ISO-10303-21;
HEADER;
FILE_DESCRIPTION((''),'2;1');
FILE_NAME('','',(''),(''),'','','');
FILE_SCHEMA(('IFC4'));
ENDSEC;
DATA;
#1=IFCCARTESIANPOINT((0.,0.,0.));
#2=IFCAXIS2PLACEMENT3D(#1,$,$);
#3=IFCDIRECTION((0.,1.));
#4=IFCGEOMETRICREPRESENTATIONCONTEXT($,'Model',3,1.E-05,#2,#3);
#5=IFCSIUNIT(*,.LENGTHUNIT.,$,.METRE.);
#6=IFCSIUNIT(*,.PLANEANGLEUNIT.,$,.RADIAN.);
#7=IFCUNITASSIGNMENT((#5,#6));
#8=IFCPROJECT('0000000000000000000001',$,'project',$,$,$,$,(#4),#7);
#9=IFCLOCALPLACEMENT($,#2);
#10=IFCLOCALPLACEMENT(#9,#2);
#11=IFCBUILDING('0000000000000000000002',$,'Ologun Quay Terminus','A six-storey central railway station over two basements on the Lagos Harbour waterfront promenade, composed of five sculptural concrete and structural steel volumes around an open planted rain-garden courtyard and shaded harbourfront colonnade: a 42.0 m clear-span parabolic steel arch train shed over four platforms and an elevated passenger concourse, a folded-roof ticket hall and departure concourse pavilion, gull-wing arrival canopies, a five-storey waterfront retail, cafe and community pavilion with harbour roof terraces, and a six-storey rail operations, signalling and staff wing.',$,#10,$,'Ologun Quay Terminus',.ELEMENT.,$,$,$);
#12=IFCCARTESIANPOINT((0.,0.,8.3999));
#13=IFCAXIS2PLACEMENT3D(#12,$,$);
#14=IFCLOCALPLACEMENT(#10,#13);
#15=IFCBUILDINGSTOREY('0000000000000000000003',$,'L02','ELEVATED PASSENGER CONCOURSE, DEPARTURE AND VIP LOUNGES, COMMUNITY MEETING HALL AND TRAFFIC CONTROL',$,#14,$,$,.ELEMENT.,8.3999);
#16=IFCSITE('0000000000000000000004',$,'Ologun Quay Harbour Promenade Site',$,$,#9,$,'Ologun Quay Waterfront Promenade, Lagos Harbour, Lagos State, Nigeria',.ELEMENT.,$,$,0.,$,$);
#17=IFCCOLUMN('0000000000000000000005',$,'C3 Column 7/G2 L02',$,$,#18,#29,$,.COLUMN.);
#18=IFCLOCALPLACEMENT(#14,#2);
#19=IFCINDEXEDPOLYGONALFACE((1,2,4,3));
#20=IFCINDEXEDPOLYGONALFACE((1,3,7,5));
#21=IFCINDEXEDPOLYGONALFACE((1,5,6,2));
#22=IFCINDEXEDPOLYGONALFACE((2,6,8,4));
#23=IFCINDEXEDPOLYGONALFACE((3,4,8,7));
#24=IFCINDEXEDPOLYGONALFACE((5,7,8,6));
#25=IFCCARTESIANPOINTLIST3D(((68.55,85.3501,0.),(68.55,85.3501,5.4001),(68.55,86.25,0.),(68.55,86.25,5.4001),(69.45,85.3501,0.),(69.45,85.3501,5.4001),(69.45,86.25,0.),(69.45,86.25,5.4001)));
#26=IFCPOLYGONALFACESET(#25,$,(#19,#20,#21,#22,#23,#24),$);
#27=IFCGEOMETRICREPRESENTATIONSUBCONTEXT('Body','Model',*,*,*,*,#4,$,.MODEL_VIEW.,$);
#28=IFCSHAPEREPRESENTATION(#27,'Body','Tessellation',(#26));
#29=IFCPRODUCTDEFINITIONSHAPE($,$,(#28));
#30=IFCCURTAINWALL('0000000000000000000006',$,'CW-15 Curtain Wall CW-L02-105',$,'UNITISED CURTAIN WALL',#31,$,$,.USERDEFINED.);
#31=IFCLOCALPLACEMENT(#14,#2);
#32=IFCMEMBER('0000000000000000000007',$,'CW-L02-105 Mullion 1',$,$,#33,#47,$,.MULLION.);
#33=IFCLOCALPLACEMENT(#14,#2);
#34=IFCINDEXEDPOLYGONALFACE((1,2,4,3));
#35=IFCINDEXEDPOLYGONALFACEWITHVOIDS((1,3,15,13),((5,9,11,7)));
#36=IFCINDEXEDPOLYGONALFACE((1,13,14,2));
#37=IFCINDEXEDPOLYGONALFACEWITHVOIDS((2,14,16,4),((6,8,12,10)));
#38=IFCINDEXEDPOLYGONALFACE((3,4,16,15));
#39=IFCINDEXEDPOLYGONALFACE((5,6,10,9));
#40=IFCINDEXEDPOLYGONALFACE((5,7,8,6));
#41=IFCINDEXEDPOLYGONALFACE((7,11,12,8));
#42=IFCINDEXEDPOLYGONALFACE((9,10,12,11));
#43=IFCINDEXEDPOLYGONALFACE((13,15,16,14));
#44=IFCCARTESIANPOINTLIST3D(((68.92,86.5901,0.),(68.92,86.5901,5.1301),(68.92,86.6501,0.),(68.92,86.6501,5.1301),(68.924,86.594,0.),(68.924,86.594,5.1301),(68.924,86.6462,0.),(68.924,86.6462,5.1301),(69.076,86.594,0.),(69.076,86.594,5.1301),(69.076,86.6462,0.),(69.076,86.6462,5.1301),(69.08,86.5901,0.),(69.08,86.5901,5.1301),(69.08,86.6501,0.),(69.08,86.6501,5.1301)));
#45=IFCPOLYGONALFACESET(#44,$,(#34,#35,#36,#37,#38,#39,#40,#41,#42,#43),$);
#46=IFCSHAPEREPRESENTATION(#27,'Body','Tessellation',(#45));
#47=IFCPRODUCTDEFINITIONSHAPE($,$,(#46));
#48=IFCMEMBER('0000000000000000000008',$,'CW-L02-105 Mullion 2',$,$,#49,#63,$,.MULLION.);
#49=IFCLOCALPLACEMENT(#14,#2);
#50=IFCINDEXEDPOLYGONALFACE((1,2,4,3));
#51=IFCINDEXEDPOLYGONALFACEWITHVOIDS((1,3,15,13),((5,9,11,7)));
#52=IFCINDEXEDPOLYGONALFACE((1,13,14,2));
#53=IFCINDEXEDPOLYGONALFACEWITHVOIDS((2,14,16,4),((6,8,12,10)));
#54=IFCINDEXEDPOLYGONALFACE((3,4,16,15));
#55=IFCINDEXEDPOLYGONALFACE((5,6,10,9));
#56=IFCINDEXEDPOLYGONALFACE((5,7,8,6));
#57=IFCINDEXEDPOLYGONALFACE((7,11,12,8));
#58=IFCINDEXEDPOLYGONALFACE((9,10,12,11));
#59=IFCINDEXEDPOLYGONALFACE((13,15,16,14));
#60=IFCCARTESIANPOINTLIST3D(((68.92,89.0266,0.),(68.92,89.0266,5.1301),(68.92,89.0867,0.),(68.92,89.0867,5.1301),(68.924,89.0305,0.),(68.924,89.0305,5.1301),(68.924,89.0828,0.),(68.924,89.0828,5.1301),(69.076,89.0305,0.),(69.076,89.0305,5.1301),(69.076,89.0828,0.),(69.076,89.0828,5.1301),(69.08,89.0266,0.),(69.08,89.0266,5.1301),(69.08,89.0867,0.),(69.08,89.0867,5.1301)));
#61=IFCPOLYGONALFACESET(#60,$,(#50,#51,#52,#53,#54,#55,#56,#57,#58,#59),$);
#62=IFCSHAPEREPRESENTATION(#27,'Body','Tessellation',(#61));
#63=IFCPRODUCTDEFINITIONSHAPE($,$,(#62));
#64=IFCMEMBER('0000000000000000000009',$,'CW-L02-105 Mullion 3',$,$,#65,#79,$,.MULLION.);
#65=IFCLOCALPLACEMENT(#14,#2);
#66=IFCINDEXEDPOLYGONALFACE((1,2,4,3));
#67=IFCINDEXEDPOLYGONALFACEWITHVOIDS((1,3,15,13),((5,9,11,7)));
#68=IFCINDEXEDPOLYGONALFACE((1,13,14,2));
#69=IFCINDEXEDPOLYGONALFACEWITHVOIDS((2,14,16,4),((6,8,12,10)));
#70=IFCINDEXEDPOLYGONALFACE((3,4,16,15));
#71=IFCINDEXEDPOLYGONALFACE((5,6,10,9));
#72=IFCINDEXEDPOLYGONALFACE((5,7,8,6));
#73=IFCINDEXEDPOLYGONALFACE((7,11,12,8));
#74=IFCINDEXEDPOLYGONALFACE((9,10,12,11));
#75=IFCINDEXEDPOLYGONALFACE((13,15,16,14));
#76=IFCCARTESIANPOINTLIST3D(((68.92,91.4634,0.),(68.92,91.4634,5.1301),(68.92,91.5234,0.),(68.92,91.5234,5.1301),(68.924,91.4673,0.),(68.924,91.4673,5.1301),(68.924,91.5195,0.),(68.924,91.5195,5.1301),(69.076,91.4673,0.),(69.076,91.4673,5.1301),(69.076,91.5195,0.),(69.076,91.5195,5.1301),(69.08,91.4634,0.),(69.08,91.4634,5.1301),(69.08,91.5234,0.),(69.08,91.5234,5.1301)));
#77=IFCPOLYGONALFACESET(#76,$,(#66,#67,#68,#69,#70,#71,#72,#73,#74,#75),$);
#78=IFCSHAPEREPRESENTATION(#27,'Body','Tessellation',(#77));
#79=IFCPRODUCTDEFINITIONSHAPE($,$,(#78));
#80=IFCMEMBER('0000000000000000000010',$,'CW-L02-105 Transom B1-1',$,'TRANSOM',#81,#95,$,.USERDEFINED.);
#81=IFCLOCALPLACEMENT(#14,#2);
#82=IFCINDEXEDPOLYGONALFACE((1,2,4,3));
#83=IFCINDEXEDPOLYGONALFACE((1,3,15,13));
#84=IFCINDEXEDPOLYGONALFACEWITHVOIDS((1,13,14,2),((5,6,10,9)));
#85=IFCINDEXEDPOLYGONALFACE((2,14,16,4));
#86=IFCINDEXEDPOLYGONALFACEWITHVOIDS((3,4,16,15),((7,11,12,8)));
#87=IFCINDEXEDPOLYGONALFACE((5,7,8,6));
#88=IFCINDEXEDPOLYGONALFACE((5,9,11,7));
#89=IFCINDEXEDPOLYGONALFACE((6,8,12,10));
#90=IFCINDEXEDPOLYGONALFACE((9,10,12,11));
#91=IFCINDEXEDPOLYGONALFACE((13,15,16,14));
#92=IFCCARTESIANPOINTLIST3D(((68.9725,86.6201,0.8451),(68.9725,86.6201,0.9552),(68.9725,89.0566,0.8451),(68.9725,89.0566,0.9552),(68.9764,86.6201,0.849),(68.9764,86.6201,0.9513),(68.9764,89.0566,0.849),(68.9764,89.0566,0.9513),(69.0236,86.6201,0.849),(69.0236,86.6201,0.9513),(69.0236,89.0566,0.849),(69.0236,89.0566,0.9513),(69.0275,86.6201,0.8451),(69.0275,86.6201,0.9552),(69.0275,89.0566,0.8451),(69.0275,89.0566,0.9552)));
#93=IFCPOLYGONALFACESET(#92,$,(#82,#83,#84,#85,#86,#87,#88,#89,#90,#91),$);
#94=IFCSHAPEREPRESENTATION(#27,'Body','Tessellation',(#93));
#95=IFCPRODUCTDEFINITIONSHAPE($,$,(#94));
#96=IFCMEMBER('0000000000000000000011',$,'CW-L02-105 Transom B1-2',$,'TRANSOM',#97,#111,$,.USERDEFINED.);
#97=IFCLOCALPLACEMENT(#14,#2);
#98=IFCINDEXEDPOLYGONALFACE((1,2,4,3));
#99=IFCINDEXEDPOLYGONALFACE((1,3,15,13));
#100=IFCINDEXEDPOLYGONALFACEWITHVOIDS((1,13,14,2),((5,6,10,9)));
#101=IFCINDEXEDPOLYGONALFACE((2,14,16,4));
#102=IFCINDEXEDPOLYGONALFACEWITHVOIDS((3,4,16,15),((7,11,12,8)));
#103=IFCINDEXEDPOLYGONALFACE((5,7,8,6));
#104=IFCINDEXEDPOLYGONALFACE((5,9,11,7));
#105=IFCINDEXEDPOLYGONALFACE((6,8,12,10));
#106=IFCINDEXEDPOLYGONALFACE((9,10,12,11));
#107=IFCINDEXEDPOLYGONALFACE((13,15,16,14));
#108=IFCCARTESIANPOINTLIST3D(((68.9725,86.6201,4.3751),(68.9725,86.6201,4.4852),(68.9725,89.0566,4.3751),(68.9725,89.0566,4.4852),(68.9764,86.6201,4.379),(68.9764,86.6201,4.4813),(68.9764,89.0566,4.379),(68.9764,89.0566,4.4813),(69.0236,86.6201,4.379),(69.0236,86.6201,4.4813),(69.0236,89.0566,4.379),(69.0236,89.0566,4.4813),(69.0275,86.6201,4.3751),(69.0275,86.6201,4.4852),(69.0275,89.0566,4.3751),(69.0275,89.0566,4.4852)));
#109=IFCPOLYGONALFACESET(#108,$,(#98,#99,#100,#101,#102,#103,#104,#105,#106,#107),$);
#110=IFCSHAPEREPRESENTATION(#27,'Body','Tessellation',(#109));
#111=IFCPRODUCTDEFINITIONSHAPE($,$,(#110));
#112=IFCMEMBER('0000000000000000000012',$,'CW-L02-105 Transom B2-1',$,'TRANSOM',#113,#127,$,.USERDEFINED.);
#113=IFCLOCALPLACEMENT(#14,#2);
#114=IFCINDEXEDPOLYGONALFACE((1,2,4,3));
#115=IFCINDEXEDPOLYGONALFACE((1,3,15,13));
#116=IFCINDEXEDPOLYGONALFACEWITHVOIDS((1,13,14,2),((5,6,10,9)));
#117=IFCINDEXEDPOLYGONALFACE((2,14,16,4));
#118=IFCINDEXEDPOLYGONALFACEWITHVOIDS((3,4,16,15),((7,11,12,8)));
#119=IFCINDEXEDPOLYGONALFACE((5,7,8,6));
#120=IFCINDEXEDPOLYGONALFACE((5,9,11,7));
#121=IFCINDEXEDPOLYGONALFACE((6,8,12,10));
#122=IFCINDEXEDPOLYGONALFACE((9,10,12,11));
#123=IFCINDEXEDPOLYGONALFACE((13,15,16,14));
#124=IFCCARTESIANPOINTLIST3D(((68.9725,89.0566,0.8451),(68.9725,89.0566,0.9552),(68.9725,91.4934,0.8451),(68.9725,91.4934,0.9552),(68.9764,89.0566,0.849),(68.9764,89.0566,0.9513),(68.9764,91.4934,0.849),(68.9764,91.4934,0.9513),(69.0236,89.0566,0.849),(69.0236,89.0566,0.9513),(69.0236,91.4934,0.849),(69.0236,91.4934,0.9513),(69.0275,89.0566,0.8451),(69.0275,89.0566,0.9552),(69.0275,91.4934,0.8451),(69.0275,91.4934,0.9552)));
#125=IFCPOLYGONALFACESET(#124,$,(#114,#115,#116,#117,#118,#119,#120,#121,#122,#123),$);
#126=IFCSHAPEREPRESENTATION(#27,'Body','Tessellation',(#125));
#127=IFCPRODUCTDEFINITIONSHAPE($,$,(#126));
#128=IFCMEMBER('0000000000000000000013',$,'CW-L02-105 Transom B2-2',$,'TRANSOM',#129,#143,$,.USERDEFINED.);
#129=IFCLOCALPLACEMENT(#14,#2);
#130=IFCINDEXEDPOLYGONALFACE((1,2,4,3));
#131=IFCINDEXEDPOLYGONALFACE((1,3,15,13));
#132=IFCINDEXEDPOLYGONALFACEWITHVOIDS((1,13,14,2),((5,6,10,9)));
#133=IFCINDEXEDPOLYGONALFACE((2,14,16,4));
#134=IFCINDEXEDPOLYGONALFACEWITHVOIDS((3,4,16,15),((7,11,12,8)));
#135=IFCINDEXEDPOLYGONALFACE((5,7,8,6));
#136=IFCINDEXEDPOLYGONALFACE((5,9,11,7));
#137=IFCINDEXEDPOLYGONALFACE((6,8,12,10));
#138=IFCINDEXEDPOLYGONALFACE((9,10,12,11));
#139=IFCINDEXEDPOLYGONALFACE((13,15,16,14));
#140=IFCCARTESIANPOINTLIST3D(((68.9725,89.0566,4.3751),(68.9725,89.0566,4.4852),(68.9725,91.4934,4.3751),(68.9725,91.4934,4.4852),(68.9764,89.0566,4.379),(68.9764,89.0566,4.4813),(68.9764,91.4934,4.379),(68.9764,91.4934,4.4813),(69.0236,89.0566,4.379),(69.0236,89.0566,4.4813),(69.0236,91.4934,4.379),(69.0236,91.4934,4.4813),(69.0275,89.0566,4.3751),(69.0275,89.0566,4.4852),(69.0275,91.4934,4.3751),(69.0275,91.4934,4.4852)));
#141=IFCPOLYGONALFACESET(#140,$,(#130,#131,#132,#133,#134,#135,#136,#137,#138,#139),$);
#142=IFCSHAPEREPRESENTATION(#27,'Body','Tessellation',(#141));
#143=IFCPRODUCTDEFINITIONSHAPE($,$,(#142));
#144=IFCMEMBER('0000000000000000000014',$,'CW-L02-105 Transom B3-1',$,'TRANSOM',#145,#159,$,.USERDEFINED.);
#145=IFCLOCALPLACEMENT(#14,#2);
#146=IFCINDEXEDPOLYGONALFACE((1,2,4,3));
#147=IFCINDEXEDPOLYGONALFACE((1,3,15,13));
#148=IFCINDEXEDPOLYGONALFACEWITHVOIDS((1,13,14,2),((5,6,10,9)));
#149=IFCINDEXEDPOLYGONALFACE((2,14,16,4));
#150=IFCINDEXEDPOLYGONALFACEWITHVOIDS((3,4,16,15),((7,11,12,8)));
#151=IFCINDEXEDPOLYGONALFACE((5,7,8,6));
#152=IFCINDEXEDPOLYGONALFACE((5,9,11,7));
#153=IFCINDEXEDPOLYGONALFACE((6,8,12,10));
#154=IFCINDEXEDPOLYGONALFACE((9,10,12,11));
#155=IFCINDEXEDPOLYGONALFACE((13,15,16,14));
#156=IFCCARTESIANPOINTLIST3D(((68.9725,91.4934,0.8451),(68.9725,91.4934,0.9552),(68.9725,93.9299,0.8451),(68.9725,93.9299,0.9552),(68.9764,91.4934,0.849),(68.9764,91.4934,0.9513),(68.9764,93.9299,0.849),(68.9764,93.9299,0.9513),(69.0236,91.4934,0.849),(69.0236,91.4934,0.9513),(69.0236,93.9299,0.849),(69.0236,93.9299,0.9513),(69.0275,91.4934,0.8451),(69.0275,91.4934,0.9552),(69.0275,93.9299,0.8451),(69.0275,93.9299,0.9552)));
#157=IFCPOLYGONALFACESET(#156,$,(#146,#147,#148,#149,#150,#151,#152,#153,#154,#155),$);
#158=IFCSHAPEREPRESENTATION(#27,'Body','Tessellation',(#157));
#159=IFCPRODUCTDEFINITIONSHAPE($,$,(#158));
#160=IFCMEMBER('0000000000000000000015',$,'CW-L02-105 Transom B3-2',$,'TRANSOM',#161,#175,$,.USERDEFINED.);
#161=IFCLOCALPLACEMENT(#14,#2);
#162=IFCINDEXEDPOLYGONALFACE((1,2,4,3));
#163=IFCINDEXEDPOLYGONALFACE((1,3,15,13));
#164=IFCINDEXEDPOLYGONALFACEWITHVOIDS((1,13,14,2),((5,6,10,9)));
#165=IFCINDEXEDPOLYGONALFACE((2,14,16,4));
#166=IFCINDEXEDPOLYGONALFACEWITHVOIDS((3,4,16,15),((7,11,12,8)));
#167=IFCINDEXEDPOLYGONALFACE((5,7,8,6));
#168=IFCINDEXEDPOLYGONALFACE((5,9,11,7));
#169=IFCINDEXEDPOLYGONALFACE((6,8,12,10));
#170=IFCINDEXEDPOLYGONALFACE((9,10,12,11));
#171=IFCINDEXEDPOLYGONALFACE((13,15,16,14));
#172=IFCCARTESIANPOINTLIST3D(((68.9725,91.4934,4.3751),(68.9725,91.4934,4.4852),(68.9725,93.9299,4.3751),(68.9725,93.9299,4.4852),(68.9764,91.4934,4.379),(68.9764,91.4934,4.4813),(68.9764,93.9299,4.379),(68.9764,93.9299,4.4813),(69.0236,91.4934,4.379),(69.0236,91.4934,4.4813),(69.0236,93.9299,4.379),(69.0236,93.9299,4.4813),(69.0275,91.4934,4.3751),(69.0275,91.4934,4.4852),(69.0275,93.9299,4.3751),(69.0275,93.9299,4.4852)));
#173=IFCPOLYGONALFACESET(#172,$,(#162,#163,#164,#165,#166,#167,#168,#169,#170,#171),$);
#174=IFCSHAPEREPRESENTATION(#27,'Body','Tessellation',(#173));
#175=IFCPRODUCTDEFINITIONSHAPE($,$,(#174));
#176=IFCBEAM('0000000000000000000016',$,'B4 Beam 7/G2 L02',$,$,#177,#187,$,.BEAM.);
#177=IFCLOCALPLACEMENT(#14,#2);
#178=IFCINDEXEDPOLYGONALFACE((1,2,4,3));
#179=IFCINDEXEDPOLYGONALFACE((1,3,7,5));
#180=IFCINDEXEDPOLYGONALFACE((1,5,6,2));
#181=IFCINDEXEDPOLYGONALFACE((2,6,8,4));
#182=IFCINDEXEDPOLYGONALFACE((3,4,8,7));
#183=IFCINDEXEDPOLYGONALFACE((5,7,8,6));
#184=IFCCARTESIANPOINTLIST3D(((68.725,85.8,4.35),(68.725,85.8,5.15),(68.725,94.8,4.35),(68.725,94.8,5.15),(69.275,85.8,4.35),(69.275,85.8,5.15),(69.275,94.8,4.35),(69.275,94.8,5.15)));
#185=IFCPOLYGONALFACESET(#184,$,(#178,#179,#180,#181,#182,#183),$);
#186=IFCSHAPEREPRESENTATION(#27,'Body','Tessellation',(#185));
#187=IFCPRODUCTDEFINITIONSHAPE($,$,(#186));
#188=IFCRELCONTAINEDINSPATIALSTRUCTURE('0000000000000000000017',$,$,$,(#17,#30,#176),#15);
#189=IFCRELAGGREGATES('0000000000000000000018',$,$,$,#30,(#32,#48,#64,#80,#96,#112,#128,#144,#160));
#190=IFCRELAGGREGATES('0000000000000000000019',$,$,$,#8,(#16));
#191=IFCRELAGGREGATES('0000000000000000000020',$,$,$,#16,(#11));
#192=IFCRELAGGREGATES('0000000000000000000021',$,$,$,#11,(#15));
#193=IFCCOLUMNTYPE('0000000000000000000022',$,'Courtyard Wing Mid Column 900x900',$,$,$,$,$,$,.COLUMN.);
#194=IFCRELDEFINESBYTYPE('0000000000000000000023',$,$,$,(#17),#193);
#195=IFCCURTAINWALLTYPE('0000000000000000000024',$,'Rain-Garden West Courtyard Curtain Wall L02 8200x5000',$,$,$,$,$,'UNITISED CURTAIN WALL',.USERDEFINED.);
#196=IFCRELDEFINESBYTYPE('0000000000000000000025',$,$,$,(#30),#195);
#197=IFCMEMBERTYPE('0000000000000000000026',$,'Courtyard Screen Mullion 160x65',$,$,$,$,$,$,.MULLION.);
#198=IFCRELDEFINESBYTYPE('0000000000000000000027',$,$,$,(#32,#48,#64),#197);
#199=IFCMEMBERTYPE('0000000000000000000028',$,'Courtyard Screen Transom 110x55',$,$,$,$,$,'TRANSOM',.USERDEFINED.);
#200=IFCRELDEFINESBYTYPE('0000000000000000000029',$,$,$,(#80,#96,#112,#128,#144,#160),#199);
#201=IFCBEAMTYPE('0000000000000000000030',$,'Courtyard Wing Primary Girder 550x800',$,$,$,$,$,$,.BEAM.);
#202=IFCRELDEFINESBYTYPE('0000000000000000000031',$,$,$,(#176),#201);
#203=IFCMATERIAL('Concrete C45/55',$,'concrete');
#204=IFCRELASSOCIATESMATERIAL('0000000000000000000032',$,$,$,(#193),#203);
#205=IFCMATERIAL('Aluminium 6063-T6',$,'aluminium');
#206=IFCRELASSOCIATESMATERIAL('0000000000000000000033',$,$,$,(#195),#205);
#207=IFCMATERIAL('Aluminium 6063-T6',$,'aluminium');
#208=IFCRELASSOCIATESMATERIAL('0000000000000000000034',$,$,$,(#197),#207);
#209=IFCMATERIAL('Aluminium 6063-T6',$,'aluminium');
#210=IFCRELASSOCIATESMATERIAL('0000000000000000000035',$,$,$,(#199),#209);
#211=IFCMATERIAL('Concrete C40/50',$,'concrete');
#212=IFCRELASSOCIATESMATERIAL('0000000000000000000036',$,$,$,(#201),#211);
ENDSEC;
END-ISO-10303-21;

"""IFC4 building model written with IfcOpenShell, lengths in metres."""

from ifc_helpers import new_model, si_unit, direction, frame, origin, origin_2d, place, context, subcontext, project, spatial, rectangle, hollow_rectangle, extrude, material, material_profile, profile_set, type_object, element, aggregate, save


model = new_model("IFC4")

# Units and contexts
model_context = context("Model", 3, precision=1e-05, world=origin(), true_north=direction((0.0, 1.0)))
body_context = subcontext(model_context, "Body", "Model", "MODEL_VIEW")
ifc_project = project(units=[si_unit("LENGTHUNIT", "METRE"), si_unit("PLANEANGLEUNIT", "RADIAN")], contexts=[model_context])

# Site, building, storey
site_placement = place(None, origin())
site = spatial("IfcSite", under=ifc_project, at=site_placement, Name="Ologun Quay Harbour Promenade Site", LongName="Ologun Quay Waterfront Promenade, Lagos Harbour, Lagos State, Nigeria", CompositionType="ELEMENT", RefElevation=0.0)
building_placement = place(site_placement, origin())
building = spatial("IfcBuilding", under=site, at=building_placement, Name="Ologun Quay Terminus", Description="A six-storey central railway station over two basements on the Lagos Harbour waterfront promenade, composed of five sculptural concrete and structural steel volumes around an open planted rain-garden courtyard and shaded harbourfront colonnade: a 42.0 m clear-span parabolic steel arch train shed over four platforms and an elevated passenger concourse, a folded-roof ticket hall and departure concourse pavilion, gull-wing arrival canopies, a five-storey waterfront retail, cafe and community pavilion with harbour roof terraces, and a six-storey rail operations, signalling and staff wing.", LongName="Ologun Quay Terminus", CompositionType="ELEMENT")
storey_placement = place(building_placement, frame((0.0, 0.0, 8.3999)))
storey = spatial("IfcBuildingStorey", under=building, at=storey_placement, Name="L02", Description="ELEVATED PASSENGER CONCOURSE, DEPARTURE AND VIP LOUNGES, COMMUNITY MEETING HALL AND TRAFFIC CONTROL", CompositionType="ELEMENT", Elevation=8.3999)

# Column
ifc_material_1 = material(Name="Concrete C45/55", Category="concrete")
ifc_material_profile_1 = material_profile(ifc_material_1, rectangle(XDim=0.8999, YDim=0.8999, at=origin_2d()), Name="RC 900x900")
ifc_profile_set_1 = profile_set([ifc_material_profile_1], Name="Concrete C45/55")
column_type = type_object("IfcColumnType", Name="Courtyard Wing Mid Column 900x900", PredefinedType="COLUMN", material=ifc_profile_set_1)
column_placement = place(storey_placement, frame((69.0, 85.8, 0.0), z_axis=(0.0, 0.0, 1.0), x_axis=(1.0, 0.0, 0.0)))
element("IfcColumn", 1, at=column_placement, inside=storey, type_object=column_type, Name="C3 Column 7/G2 L02", PredefinedType="COLUMN", context=body_context, shape_type="SweptSolid", body=[
    extrude(rectangle(XDim=0.8999, YDim=0.8999, at=origin_2d()), origin(), (0.0, 0.0, 1.0), 5.4001),
])

# Curtain wall, members
ifc_material_2 = material(Name="Aluminium 6063-T6", Category="aluminium")
curtain_wall_type = type_object("IfcCurtainWallType", Name="Rain-Garden West Courtyard Curtain Wall L02 8200x5000", ElementType="UNITISED CURTAIN WALL", PredefinedType="USERDEFINED", material=ifc_material_2)
curtain_wall_placement = place(storey_placement, origin())
curtain_wall = element("IfcCurtainWall", 2, at=curtain_wall_placement, inside=storey, type_object=curtain_wall_type, Name="CW-15 Curtain Wall CW-L02-105", ObjectType="UNITISED CURTAIN WALL", PredefinedType="USERDEFINED")
ifc_material_3 = material(Name="Aluminium 6063-T6", Category="aluminium")
ifc_material_profile_2 = material_profile(ifc_material_3, hollow_rectangle(XDim=0.0601, YDim=0.1599, WallThickness=0.0039, at=origin_2d()), Name="ALU 160x60x4")
ifc_profile_set_2 = profile_set([ifc_material_profile_2], Name="Aluminium 6063-T6")
member_type_1 = type_object("IfcMemberType", Name="Courtyard Screen Mullion 160x65", PredefinedType="MULLION", material=ifc_profile_set_2)
member_1_placement = place(storey_placement, frame((69.0, 86.6201, 0.0), z_axis=(0.0, 0.0, 1.0), x_axis=(0.0, 1.0, 0.0)))
member_1 = element("IfcMember", 3, at=member_1_placement, type_object=member_type_1, Name="CW-L02-105 Mullion 1", PredefinedType="MULLION", context=body_context, shape_type="SweptSolid", body=[
    extrude(hollow_rectangle(XDim=0.0601, YDim=0.1599, WallThickness=0.0039, at=origin_2d()), origin(), (0.0, 0.0, 1.0), 5.1301),
])
member_2_placement = place(storey_placement, frame((69.0, 89.0566, 0.0), z_axis=(0.0, 0.0, 1.0), x_axis=(0.0, 1.0, 0.0)))
member_2 = element("IfcMember", 4, at=member_2_placement, type_object=member_type_1, Name="CW-L02-105 Mullion 2", PredefinedType="MULLION", context=body_context, shape_type="SweptSolid", body=[
    extrude(hollow_rectangle(XDim=0.0601, YDim=0.1599, WallThickness=0.0039, at=origin_2d()), origin(), (0.0, 0.0, 1.0), 5.1301),
])
member_3_placement = place(storey_placement, frame((69.0, 91.4934, 0.0), z_axis=(0.0, 0.0, 1.0), x_axis=(0.0, 1.0, 0.0)))
member_3 = element("IfcMember", 5, at=member_3_placement, type_object=member_type_1, Name="CW-L02-105 Mullion 3", PredefinedType="MULLION", context=body_context, shape_type="SweptSolid", body=[
    extrude(hollow_rectangle(XDim=0.0601, YDim=0.1599, WallThickness=0.0039, at=origin_2d()), origin(), (0.0, 0.0, 1.0), 5.1301),
])
ifc_material_4 = material(Name="Aluminium 6063-T6", Category="aluminium")
ifc_material_profile_3 = material_profile(ifc_material_4, hollow_rectangle(XDim=0.0549, YDim=0.1101, WallThickness=0.0039, at=origin_2d()), Name="ALU 110x55x4")
ifc_profile_set_3 = profile_set([ifc_material_profile_3], Name="Aluminium 6063-T6")
member_type_2 = type_object("IfcMemberType", Name="Courtyard Screen Transom 110x55", ElementType="TRANSOM", PredefinedType="USERDEFINED", material=ifc_profile_set_3)
member_4_placement = place(storey_placement, frame((69.0, 86.6201, 0.9001), z_axis=(0.0, 1.0, 0.0), x_axis=(-1.0, 0.0, 0.0)))
member_4 = element("IfcMember", 6, at=member_4_placement, type_object=member_type_2, Name="CW-L02-105 Transom B1-1", ObjectType="TRANSOM", PredefinedType="USERDEFINED", context=body_context, shape_type="SweptSolid", body=[
    extrude(hollow_rectangle(XDim=0.0549, YDim=0.1101, WallThickness=0.0039, at=origin_2d()), origin(), (0.0, 0.0, 1.0), 2.4365),
])
member_5_placement = place(storey_placement, frame((69.0, 86.6201, 4.4302), z_axis=(0.0, 1.0, 0.0), x_axis=(-1.0, 0.0, 0.0)))
member_5 = element("IfcMember", 7, at=member_5_placement, type_object=member_type_2, Name="CW-L02-105 Transom B1-2", ObjectType="TRANSOM", PredefinedType="USERDEFINED", context=body_context, shape_type="SweptSolid", body=[
    extrude(hollow_rectangle(XDim=0.0549, YDim=0.1101, WallThickness=0.0039, at=origin_2d()), origin(), (0.0, 0.0, 1.0), 2.4365),
])
member_6_placement = place(storey_placement, frame((69.0, 89.0566, 0.9001), z_axis=(0.0, 1.0, 0.0), x_axis=(-1.0, 0.0, 0.0)))
member_6 = element("IfcMember", 8, at=member_6_placement, type_object=member_type_2, Name="CW-L02-105 Transom B2-1", ObjectType="TRANSOM", PredefinedType="USERDEFINED", context=body_context, shape_type="SweptSolid", body=[
    extrude(hollow_rectangle(XDim=0.0549, YDim=0.1101, WallThickness=0.0039, at=origin_2d()), origin(), (0.0, 0.0, 1.0), 2.4368),
])
member_7_placement = place(storey_placement, frame((69.0, 89.0566, 4.4302), z_axis=(0.0, 1.0, 0.0), x_axis=(-1.0, 0.0, 0.0)))
member_7 = element("IfcMember", 9, at=member_7_placement, type_object=member_type_2, Name="CW-L02-105 Transom B2-2", ObjectType="TRANSOM", PredefinedType="USERDEFINED", context=body_context, shape_type="SweptSolid", body=[
    extrude(hollow_rectangle(XDim=0.0549, YDim=0.1101, WallThickness=0.0039, at=origin_2d()), origin(), (0.0, 0.0, 1.0), 2.4368),
])
member_8_placement = place(storey_placement, frame((69.0, 91.4934, 0.9001), z_axis=(0.0, 1.0, 0.0), x_axis=(-1.0, 0.0, 0.0)))
member_8 = element("IfcMember", 10, at=member_8_placement, type_object=member_type_2, Name="CW-L02-105 Transom B3-1", ObjectType="TRANSOM", PredefinedType="USERDEFINED", context=body_context, shape_type="SweptSolid", body=[
    extrude(hollow_rectangle(XDim=0.0549, YDim=0.1101, WallThickness=0.0039, at=origin_2d()), origin(), (0.0, 0.0, 1.0), 2.4365),
])
member_9_placement = place(storey_placement, frame((69.0, 91.4934, 4.4302), z_axis=(0.0, 1.0, 0.0), x_axis=(-1.0, 0.0, 0.0)))
member_9 = element("IfcMember", 11, at=member_9_placement, type_object=member_type_2, Name="CW-L02-105 Transom B3-2", ObjectType="TRANSOM", PredefinedType="USERDEFINED", context=body_context, shape_type="SweptSolid", body=[
    extrude(hollow_rectangle(XDim=0.0549, YDim=0.1101, WallThickness=0.0039, at=origin_2d()), origin(), (0.0, 0.0, 1.0), 2.4365),
])

# Beam
ifc_material_5 = material(Name="Concrete C40/50", Category="concrete")
ifc_material_profile_4 = material_profile(ifc_material_5, rectangle(XDim=0.55, YDim=0.8, at=origin_2d()), Name="RC 550x800")
ifc_profile_set_4 = profile_set([ifc_material_profile_4], Name="Concrete C40/50")
beam_type = type_object("IfcBeamType", Name="Courtyard Wing Primary Girder 550x800", PredefinedType="BEAM", material=ifc_profile_set_4)
beam_placement = place(storey_placement, frame((69.0, 85.8, 4.75), z_axis=(0.0, 1.0, 0.0), x_axis=(-1.0, 0.0, 0.0)))
element("IfcBeam", 12, at=beam_placement, inside=storey, type_object=beam_type, Name="B4 Beam 7/G2 L02", PredefinedType="BEAM", context=body_context, shape_type="SweptSolid", body=[
    extrude(rectangle(XDim=0.55, YDim=0.8, at=origin_2d()), origin(), (0.0, 0.0, 1.0), 9.0),
])

aggregate(curtain_wall, [member_1, member_2, member_3, member_4, member_5, member_6, member_7, member_8, member_9])

save(model, "model.ifc")
